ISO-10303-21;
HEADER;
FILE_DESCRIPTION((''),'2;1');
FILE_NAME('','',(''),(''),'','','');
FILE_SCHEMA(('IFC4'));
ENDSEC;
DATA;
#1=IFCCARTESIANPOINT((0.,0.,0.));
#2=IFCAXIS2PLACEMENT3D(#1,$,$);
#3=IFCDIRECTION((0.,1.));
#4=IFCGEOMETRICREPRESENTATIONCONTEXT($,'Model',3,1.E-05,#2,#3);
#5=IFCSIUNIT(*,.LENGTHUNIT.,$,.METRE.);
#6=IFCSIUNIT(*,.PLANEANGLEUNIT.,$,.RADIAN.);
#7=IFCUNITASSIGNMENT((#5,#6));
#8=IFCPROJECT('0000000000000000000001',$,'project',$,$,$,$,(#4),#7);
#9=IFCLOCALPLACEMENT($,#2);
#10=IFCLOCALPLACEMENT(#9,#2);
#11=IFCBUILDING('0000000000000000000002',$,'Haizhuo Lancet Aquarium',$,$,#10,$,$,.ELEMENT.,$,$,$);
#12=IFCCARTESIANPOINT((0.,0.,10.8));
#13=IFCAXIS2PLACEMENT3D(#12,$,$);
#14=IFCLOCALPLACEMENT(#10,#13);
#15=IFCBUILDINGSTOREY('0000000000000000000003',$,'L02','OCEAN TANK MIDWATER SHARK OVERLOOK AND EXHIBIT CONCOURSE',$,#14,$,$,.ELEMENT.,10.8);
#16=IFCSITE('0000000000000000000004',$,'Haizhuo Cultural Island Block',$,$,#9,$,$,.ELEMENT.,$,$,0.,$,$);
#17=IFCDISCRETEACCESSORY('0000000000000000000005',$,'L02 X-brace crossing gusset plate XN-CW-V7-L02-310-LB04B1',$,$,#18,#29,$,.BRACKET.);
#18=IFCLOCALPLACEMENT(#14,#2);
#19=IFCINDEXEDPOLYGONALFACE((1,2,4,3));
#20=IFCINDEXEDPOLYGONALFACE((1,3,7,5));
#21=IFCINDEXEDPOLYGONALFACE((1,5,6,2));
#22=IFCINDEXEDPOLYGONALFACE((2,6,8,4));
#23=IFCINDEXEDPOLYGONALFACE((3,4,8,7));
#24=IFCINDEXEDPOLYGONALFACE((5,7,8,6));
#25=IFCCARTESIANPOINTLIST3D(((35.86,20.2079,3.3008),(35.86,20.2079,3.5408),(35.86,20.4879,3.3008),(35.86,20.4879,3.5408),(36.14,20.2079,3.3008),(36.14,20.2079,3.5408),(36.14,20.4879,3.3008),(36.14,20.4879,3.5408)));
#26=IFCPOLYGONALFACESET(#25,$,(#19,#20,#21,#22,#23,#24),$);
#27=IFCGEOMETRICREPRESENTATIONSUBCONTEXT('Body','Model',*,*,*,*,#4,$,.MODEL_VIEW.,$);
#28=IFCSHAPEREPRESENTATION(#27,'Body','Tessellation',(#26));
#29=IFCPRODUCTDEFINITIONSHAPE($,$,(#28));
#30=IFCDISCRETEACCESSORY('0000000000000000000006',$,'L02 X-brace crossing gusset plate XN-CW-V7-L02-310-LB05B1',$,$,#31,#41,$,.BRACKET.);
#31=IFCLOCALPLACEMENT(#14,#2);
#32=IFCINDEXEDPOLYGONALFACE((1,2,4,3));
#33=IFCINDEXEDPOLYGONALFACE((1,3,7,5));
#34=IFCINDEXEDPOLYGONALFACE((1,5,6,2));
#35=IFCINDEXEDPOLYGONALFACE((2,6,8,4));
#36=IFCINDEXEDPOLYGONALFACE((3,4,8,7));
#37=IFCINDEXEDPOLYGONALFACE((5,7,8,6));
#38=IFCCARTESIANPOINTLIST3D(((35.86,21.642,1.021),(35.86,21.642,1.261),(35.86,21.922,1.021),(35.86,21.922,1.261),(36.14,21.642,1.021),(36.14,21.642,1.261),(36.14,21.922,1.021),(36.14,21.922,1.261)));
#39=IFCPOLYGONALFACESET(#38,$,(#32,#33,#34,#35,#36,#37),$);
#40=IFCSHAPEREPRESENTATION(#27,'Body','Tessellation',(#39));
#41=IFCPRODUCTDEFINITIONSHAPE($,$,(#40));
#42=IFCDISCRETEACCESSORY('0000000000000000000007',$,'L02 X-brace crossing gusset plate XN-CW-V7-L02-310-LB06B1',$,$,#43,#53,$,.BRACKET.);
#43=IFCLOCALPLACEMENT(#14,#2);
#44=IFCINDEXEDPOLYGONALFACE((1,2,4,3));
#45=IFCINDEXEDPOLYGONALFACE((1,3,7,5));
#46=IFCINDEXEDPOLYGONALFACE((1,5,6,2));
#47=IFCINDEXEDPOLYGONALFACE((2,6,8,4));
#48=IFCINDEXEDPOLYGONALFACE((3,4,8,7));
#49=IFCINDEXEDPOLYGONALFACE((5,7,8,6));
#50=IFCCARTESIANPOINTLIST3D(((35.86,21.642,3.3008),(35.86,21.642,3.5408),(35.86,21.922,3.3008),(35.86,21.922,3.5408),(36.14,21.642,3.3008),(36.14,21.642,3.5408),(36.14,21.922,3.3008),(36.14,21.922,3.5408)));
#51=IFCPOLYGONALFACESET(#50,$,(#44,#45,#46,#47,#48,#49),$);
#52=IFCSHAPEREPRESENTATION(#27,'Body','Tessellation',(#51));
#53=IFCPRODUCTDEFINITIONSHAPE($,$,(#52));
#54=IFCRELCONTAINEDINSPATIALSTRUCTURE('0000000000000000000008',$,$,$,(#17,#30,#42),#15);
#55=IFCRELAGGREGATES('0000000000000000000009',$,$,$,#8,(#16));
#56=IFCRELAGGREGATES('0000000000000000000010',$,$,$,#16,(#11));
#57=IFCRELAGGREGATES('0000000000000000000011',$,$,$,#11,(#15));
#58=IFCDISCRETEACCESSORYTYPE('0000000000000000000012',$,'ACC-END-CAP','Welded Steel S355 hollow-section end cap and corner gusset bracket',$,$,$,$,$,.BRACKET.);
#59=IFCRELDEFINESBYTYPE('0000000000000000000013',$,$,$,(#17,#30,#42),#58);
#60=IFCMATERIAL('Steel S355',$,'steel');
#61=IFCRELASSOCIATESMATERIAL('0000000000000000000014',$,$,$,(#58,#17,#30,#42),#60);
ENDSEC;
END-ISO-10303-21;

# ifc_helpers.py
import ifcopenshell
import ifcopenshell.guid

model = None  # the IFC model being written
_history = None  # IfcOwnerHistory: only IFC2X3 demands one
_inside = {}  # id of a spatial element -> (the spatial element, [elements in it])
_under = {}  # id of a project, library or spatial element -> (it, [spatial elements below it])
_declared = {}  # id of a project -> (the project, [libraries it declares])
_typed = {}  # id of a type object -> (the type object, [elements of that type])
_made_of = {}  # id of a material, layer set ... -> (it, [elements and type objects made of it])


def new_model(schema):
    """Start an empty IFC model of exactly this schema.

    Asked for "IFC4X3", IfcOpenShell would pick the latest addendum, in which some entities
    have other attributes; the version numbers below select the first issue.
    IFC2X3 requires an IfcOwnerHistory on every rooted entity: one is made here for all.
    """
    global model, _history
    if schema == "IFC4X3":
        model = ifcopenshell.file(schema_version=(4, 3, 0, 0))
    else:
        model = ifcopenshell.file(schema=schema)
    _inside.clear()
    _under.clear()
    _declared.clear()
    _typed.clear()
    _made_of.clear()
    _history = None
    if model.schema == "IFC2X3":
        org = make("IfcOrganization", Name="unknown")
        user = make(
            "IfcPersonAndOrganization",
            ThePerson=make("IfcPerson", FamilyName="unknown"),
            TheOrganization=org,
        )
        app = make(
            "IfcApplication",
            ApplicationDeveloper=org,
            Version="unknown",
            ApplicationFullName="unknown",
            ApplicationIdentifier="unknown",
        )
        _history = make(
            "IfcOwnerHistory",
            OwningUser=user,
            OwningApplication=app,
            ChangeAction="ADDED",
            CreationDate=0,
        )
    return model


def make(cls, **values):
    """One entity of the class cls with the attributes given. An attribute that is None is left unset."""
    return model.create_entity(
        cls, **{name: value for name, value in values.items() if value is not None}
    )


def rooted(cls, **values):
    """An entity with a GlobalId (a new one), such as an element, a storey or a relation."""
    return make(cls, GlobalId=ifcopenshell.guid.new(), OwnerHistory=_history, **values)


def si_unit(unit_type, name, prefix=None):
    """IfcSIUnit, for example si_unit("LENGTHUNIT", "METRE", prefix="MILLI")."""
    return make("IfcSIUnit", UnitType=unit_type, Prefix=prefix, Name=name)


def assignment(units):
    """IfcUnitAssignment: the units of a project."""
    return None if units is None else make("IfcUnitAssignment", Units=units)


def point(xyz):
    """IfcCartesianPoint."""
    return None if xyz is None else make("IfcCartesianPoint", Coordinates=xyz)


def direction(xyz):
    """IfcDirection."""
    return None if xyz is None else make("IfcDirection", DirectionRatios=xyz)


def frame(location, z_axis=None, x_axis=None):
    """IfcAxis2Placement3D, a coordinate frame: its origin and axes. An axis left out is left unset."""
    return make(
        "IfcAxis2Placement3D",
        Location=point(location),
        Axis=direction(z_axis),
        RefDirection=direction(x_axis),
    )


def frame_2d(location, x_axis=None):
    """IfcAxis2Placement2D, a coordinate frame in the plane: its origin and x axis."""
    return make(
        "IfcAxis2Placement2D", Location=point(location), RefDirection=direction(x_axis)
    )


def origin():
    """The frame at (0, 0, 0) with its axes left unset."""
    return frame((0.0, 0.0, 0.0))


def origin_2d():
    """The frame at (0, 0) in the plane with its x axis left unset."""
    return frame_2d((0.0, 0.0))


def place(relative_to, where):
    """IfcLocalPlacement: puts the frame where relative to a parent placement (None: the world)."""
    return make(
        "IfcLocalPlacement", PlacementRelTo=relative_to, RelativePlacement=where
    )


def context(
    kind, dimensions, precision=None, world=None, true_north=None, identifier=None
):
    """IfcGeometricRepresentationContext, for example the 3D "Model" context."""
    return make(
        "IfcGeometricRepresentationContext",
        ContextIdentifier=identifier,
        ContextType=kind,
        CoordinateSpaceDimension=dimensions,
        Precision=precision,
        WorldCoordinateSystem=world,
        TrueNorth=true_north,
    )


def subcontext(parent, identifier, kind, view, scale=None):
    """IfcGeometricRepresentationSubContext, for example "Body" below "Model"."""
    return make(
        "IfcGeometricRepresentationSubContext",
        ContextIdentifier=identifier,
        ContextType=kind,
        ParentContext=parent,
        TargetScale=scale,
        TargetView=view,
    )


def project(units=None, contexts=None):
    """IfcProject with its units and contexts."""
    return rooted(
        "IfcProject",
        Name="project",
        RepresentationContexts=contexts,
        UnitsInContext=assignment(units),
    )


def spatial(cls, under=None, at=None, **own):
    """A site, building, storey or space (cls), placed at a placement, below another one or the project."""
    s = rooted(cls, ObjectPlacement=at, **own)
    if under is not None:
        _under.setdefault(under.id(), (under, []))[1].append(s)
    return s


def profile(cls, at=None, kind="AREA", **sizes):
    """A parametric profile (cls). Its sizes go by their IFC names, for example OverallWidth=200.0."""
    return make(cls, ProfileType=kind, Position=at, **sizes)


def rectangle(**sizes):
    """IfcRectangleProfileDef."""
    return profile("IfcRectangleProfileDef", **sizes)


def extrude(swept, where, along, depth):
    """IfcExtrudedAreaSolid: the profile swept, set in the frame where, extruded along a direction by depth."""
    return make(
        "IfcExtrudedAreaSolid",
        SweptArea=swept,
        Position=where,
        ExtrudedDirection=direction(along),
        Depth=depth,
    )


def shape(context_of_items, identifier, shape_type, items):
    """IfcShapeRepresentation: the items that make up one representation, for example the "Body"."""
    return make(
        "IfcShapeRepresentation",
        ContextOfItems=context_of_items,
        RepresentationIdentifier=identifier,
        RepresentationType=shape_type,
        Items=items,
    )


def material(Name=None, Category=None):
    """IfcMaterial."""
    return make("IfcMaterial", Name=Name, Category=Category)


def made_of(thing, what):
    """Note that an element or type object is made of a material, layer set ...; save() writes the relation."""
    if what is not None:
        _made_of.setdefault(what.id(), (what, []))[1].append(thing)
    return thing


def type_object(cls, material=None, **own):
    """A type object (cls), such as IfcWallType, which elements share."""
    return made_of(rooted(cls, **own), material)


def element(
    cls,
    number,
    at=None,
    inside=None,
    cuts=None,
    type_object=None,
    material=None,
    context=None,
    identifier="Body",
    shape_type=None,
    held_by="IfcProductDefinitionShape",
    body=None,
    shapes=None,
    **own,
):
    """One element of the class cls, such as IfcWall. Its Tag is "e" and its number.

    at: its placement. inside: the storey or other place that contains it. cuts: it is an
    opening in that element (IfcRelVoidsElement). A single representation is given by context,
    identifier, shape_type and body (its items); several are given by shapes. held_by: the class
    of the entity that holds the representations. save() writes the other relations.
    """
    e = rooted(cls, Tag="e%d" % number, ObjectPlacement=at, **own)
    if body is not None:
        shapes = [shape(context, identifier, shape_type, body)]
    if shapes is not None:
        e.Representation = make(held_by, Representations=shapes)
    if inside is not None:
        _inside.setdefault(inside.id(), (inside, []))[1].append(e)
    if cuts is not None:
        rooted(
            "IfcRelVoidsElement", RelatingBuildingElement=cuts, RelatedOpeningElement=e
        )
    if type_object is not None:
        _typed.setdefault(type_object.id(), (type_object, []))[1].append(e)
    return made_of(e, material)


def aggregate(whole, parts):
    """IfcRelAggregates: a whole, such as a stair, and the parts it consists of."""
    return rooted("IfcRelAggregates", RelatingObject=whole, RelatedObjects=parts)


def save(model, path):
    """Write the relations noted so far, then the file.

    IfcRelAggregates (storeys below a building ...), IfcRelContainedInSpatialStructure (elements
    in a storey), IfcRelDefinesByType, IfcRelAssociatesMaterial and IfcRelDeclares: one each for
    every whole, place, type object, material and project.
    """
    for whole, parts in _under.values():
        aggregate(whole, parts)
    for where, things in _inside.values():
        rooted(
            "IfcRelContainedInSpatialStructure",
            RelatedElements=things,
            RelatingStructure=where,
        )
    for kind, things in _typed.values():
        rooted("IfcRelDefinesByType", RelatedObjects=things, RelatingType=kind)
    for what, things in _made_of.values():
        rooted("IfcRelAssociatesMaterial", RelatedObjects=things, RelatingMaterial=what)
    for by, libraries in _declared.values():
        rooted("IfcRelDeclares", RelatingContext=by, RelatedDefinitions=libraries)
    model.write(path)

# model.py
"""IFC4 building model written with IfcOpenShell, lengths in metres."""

from ifc_helpers import new_model, si_unit, direction, frame, origin, origin_2d, place, context, subcontext, project, spatial, rectangle, extrude, material, type_object, element, save


model = new_model("IFC4")

# Units and contexts
model_context = context("Model", 3, precision=1e-05, world=origin(), true_north=direction((0.0, 1.0)))
body_context = subcontext(model_context, "Body", "Model", "MODEL_VIEW")
ifc_project = project(units=[si_unit("LENGTHUNIT", "METRE"), si_unit("PLANEANGLEUNIT", "RADIAN")], contexts=[model_context])

# Site, building, storey
site_placement = place(None, origin())
site = spatial("IfcSite", under=ifc_project, at=site_placement, Name="Haizhuo Cultural Island Block", CompositionType="ELEMENT", RefElevation=0.0)
building_placement = place(site_placement, origin())
building = spatial("IfcBuilding", under=site, at=building_placement, Name="Haizhuo Lancet Aquarium", CompositionType="ELEMENT")
storey_placement = place(building_placement, frame((0.0, 0.0, 10.8)))
storey = spatial("IfcBuildingStorey", under=building, at=storey_placement, Name="L02", Description="OCEAN TANK MIDWATER SHARK OVERLOOK AND EXHIBIT CONCOURSE", CompositionType="ELEMENT", Elevation=10.8)

# Shared definitions
ifc_material_1 = material(Name="Steel S355", Category="steel")

# Discrete accessories
discrete_accessory_type = type_object("IfcDiscreteAccessoryType", Name="ACC-END-CAP", Description="Welded Steel S355 hollow-section end cap and corner gusset bracket", PredefinedType="BRACKET", material=ifc_material_1)
for number, where, z_axis, x_axis, name in (
    (1, (36.0, 20.3479, 3.3008), (0.0, 0.0, 1.0), (1.0, 0.0, 0.0), "L02 X-brace crossing gusset plate XN-CW-V7-L02-310-LB04B1"),
    (2, (36.0, 21.782, 1.021), (0.0, 0.0, 1.0), (1.0, 0.0, 0.0), "L02 X-brace crossing gusset plate XN-CW-V7-L02-310-LB05B1"),
    (3, (36.0, 21.782, 3.3008), (0.0, 0.0, 1.0), (1.0, 0.0, 0.0), "L02 X-brace crossing gusset plate XN-CW-V7-L02-310-LB06B1"),
):
    element("IfcDiscreteAccessory", number, at=place(storey_placement, frame(where, z_axis=z_axis, x_axis=x_axis)), inside=storey, type_object=discrete_accessory_type, material=ifc_material_1, Name=name, PredefinedType="BRACKET", context=body_context, shape_type="SweptSolid", body=[
        extrude(rectangle(XDim=0.28, YDim=0.28, at=origin_2d()), origin(), (0.0, 0.0, 1.0), 0.24),
    ])

save(model, "model.ifc")
